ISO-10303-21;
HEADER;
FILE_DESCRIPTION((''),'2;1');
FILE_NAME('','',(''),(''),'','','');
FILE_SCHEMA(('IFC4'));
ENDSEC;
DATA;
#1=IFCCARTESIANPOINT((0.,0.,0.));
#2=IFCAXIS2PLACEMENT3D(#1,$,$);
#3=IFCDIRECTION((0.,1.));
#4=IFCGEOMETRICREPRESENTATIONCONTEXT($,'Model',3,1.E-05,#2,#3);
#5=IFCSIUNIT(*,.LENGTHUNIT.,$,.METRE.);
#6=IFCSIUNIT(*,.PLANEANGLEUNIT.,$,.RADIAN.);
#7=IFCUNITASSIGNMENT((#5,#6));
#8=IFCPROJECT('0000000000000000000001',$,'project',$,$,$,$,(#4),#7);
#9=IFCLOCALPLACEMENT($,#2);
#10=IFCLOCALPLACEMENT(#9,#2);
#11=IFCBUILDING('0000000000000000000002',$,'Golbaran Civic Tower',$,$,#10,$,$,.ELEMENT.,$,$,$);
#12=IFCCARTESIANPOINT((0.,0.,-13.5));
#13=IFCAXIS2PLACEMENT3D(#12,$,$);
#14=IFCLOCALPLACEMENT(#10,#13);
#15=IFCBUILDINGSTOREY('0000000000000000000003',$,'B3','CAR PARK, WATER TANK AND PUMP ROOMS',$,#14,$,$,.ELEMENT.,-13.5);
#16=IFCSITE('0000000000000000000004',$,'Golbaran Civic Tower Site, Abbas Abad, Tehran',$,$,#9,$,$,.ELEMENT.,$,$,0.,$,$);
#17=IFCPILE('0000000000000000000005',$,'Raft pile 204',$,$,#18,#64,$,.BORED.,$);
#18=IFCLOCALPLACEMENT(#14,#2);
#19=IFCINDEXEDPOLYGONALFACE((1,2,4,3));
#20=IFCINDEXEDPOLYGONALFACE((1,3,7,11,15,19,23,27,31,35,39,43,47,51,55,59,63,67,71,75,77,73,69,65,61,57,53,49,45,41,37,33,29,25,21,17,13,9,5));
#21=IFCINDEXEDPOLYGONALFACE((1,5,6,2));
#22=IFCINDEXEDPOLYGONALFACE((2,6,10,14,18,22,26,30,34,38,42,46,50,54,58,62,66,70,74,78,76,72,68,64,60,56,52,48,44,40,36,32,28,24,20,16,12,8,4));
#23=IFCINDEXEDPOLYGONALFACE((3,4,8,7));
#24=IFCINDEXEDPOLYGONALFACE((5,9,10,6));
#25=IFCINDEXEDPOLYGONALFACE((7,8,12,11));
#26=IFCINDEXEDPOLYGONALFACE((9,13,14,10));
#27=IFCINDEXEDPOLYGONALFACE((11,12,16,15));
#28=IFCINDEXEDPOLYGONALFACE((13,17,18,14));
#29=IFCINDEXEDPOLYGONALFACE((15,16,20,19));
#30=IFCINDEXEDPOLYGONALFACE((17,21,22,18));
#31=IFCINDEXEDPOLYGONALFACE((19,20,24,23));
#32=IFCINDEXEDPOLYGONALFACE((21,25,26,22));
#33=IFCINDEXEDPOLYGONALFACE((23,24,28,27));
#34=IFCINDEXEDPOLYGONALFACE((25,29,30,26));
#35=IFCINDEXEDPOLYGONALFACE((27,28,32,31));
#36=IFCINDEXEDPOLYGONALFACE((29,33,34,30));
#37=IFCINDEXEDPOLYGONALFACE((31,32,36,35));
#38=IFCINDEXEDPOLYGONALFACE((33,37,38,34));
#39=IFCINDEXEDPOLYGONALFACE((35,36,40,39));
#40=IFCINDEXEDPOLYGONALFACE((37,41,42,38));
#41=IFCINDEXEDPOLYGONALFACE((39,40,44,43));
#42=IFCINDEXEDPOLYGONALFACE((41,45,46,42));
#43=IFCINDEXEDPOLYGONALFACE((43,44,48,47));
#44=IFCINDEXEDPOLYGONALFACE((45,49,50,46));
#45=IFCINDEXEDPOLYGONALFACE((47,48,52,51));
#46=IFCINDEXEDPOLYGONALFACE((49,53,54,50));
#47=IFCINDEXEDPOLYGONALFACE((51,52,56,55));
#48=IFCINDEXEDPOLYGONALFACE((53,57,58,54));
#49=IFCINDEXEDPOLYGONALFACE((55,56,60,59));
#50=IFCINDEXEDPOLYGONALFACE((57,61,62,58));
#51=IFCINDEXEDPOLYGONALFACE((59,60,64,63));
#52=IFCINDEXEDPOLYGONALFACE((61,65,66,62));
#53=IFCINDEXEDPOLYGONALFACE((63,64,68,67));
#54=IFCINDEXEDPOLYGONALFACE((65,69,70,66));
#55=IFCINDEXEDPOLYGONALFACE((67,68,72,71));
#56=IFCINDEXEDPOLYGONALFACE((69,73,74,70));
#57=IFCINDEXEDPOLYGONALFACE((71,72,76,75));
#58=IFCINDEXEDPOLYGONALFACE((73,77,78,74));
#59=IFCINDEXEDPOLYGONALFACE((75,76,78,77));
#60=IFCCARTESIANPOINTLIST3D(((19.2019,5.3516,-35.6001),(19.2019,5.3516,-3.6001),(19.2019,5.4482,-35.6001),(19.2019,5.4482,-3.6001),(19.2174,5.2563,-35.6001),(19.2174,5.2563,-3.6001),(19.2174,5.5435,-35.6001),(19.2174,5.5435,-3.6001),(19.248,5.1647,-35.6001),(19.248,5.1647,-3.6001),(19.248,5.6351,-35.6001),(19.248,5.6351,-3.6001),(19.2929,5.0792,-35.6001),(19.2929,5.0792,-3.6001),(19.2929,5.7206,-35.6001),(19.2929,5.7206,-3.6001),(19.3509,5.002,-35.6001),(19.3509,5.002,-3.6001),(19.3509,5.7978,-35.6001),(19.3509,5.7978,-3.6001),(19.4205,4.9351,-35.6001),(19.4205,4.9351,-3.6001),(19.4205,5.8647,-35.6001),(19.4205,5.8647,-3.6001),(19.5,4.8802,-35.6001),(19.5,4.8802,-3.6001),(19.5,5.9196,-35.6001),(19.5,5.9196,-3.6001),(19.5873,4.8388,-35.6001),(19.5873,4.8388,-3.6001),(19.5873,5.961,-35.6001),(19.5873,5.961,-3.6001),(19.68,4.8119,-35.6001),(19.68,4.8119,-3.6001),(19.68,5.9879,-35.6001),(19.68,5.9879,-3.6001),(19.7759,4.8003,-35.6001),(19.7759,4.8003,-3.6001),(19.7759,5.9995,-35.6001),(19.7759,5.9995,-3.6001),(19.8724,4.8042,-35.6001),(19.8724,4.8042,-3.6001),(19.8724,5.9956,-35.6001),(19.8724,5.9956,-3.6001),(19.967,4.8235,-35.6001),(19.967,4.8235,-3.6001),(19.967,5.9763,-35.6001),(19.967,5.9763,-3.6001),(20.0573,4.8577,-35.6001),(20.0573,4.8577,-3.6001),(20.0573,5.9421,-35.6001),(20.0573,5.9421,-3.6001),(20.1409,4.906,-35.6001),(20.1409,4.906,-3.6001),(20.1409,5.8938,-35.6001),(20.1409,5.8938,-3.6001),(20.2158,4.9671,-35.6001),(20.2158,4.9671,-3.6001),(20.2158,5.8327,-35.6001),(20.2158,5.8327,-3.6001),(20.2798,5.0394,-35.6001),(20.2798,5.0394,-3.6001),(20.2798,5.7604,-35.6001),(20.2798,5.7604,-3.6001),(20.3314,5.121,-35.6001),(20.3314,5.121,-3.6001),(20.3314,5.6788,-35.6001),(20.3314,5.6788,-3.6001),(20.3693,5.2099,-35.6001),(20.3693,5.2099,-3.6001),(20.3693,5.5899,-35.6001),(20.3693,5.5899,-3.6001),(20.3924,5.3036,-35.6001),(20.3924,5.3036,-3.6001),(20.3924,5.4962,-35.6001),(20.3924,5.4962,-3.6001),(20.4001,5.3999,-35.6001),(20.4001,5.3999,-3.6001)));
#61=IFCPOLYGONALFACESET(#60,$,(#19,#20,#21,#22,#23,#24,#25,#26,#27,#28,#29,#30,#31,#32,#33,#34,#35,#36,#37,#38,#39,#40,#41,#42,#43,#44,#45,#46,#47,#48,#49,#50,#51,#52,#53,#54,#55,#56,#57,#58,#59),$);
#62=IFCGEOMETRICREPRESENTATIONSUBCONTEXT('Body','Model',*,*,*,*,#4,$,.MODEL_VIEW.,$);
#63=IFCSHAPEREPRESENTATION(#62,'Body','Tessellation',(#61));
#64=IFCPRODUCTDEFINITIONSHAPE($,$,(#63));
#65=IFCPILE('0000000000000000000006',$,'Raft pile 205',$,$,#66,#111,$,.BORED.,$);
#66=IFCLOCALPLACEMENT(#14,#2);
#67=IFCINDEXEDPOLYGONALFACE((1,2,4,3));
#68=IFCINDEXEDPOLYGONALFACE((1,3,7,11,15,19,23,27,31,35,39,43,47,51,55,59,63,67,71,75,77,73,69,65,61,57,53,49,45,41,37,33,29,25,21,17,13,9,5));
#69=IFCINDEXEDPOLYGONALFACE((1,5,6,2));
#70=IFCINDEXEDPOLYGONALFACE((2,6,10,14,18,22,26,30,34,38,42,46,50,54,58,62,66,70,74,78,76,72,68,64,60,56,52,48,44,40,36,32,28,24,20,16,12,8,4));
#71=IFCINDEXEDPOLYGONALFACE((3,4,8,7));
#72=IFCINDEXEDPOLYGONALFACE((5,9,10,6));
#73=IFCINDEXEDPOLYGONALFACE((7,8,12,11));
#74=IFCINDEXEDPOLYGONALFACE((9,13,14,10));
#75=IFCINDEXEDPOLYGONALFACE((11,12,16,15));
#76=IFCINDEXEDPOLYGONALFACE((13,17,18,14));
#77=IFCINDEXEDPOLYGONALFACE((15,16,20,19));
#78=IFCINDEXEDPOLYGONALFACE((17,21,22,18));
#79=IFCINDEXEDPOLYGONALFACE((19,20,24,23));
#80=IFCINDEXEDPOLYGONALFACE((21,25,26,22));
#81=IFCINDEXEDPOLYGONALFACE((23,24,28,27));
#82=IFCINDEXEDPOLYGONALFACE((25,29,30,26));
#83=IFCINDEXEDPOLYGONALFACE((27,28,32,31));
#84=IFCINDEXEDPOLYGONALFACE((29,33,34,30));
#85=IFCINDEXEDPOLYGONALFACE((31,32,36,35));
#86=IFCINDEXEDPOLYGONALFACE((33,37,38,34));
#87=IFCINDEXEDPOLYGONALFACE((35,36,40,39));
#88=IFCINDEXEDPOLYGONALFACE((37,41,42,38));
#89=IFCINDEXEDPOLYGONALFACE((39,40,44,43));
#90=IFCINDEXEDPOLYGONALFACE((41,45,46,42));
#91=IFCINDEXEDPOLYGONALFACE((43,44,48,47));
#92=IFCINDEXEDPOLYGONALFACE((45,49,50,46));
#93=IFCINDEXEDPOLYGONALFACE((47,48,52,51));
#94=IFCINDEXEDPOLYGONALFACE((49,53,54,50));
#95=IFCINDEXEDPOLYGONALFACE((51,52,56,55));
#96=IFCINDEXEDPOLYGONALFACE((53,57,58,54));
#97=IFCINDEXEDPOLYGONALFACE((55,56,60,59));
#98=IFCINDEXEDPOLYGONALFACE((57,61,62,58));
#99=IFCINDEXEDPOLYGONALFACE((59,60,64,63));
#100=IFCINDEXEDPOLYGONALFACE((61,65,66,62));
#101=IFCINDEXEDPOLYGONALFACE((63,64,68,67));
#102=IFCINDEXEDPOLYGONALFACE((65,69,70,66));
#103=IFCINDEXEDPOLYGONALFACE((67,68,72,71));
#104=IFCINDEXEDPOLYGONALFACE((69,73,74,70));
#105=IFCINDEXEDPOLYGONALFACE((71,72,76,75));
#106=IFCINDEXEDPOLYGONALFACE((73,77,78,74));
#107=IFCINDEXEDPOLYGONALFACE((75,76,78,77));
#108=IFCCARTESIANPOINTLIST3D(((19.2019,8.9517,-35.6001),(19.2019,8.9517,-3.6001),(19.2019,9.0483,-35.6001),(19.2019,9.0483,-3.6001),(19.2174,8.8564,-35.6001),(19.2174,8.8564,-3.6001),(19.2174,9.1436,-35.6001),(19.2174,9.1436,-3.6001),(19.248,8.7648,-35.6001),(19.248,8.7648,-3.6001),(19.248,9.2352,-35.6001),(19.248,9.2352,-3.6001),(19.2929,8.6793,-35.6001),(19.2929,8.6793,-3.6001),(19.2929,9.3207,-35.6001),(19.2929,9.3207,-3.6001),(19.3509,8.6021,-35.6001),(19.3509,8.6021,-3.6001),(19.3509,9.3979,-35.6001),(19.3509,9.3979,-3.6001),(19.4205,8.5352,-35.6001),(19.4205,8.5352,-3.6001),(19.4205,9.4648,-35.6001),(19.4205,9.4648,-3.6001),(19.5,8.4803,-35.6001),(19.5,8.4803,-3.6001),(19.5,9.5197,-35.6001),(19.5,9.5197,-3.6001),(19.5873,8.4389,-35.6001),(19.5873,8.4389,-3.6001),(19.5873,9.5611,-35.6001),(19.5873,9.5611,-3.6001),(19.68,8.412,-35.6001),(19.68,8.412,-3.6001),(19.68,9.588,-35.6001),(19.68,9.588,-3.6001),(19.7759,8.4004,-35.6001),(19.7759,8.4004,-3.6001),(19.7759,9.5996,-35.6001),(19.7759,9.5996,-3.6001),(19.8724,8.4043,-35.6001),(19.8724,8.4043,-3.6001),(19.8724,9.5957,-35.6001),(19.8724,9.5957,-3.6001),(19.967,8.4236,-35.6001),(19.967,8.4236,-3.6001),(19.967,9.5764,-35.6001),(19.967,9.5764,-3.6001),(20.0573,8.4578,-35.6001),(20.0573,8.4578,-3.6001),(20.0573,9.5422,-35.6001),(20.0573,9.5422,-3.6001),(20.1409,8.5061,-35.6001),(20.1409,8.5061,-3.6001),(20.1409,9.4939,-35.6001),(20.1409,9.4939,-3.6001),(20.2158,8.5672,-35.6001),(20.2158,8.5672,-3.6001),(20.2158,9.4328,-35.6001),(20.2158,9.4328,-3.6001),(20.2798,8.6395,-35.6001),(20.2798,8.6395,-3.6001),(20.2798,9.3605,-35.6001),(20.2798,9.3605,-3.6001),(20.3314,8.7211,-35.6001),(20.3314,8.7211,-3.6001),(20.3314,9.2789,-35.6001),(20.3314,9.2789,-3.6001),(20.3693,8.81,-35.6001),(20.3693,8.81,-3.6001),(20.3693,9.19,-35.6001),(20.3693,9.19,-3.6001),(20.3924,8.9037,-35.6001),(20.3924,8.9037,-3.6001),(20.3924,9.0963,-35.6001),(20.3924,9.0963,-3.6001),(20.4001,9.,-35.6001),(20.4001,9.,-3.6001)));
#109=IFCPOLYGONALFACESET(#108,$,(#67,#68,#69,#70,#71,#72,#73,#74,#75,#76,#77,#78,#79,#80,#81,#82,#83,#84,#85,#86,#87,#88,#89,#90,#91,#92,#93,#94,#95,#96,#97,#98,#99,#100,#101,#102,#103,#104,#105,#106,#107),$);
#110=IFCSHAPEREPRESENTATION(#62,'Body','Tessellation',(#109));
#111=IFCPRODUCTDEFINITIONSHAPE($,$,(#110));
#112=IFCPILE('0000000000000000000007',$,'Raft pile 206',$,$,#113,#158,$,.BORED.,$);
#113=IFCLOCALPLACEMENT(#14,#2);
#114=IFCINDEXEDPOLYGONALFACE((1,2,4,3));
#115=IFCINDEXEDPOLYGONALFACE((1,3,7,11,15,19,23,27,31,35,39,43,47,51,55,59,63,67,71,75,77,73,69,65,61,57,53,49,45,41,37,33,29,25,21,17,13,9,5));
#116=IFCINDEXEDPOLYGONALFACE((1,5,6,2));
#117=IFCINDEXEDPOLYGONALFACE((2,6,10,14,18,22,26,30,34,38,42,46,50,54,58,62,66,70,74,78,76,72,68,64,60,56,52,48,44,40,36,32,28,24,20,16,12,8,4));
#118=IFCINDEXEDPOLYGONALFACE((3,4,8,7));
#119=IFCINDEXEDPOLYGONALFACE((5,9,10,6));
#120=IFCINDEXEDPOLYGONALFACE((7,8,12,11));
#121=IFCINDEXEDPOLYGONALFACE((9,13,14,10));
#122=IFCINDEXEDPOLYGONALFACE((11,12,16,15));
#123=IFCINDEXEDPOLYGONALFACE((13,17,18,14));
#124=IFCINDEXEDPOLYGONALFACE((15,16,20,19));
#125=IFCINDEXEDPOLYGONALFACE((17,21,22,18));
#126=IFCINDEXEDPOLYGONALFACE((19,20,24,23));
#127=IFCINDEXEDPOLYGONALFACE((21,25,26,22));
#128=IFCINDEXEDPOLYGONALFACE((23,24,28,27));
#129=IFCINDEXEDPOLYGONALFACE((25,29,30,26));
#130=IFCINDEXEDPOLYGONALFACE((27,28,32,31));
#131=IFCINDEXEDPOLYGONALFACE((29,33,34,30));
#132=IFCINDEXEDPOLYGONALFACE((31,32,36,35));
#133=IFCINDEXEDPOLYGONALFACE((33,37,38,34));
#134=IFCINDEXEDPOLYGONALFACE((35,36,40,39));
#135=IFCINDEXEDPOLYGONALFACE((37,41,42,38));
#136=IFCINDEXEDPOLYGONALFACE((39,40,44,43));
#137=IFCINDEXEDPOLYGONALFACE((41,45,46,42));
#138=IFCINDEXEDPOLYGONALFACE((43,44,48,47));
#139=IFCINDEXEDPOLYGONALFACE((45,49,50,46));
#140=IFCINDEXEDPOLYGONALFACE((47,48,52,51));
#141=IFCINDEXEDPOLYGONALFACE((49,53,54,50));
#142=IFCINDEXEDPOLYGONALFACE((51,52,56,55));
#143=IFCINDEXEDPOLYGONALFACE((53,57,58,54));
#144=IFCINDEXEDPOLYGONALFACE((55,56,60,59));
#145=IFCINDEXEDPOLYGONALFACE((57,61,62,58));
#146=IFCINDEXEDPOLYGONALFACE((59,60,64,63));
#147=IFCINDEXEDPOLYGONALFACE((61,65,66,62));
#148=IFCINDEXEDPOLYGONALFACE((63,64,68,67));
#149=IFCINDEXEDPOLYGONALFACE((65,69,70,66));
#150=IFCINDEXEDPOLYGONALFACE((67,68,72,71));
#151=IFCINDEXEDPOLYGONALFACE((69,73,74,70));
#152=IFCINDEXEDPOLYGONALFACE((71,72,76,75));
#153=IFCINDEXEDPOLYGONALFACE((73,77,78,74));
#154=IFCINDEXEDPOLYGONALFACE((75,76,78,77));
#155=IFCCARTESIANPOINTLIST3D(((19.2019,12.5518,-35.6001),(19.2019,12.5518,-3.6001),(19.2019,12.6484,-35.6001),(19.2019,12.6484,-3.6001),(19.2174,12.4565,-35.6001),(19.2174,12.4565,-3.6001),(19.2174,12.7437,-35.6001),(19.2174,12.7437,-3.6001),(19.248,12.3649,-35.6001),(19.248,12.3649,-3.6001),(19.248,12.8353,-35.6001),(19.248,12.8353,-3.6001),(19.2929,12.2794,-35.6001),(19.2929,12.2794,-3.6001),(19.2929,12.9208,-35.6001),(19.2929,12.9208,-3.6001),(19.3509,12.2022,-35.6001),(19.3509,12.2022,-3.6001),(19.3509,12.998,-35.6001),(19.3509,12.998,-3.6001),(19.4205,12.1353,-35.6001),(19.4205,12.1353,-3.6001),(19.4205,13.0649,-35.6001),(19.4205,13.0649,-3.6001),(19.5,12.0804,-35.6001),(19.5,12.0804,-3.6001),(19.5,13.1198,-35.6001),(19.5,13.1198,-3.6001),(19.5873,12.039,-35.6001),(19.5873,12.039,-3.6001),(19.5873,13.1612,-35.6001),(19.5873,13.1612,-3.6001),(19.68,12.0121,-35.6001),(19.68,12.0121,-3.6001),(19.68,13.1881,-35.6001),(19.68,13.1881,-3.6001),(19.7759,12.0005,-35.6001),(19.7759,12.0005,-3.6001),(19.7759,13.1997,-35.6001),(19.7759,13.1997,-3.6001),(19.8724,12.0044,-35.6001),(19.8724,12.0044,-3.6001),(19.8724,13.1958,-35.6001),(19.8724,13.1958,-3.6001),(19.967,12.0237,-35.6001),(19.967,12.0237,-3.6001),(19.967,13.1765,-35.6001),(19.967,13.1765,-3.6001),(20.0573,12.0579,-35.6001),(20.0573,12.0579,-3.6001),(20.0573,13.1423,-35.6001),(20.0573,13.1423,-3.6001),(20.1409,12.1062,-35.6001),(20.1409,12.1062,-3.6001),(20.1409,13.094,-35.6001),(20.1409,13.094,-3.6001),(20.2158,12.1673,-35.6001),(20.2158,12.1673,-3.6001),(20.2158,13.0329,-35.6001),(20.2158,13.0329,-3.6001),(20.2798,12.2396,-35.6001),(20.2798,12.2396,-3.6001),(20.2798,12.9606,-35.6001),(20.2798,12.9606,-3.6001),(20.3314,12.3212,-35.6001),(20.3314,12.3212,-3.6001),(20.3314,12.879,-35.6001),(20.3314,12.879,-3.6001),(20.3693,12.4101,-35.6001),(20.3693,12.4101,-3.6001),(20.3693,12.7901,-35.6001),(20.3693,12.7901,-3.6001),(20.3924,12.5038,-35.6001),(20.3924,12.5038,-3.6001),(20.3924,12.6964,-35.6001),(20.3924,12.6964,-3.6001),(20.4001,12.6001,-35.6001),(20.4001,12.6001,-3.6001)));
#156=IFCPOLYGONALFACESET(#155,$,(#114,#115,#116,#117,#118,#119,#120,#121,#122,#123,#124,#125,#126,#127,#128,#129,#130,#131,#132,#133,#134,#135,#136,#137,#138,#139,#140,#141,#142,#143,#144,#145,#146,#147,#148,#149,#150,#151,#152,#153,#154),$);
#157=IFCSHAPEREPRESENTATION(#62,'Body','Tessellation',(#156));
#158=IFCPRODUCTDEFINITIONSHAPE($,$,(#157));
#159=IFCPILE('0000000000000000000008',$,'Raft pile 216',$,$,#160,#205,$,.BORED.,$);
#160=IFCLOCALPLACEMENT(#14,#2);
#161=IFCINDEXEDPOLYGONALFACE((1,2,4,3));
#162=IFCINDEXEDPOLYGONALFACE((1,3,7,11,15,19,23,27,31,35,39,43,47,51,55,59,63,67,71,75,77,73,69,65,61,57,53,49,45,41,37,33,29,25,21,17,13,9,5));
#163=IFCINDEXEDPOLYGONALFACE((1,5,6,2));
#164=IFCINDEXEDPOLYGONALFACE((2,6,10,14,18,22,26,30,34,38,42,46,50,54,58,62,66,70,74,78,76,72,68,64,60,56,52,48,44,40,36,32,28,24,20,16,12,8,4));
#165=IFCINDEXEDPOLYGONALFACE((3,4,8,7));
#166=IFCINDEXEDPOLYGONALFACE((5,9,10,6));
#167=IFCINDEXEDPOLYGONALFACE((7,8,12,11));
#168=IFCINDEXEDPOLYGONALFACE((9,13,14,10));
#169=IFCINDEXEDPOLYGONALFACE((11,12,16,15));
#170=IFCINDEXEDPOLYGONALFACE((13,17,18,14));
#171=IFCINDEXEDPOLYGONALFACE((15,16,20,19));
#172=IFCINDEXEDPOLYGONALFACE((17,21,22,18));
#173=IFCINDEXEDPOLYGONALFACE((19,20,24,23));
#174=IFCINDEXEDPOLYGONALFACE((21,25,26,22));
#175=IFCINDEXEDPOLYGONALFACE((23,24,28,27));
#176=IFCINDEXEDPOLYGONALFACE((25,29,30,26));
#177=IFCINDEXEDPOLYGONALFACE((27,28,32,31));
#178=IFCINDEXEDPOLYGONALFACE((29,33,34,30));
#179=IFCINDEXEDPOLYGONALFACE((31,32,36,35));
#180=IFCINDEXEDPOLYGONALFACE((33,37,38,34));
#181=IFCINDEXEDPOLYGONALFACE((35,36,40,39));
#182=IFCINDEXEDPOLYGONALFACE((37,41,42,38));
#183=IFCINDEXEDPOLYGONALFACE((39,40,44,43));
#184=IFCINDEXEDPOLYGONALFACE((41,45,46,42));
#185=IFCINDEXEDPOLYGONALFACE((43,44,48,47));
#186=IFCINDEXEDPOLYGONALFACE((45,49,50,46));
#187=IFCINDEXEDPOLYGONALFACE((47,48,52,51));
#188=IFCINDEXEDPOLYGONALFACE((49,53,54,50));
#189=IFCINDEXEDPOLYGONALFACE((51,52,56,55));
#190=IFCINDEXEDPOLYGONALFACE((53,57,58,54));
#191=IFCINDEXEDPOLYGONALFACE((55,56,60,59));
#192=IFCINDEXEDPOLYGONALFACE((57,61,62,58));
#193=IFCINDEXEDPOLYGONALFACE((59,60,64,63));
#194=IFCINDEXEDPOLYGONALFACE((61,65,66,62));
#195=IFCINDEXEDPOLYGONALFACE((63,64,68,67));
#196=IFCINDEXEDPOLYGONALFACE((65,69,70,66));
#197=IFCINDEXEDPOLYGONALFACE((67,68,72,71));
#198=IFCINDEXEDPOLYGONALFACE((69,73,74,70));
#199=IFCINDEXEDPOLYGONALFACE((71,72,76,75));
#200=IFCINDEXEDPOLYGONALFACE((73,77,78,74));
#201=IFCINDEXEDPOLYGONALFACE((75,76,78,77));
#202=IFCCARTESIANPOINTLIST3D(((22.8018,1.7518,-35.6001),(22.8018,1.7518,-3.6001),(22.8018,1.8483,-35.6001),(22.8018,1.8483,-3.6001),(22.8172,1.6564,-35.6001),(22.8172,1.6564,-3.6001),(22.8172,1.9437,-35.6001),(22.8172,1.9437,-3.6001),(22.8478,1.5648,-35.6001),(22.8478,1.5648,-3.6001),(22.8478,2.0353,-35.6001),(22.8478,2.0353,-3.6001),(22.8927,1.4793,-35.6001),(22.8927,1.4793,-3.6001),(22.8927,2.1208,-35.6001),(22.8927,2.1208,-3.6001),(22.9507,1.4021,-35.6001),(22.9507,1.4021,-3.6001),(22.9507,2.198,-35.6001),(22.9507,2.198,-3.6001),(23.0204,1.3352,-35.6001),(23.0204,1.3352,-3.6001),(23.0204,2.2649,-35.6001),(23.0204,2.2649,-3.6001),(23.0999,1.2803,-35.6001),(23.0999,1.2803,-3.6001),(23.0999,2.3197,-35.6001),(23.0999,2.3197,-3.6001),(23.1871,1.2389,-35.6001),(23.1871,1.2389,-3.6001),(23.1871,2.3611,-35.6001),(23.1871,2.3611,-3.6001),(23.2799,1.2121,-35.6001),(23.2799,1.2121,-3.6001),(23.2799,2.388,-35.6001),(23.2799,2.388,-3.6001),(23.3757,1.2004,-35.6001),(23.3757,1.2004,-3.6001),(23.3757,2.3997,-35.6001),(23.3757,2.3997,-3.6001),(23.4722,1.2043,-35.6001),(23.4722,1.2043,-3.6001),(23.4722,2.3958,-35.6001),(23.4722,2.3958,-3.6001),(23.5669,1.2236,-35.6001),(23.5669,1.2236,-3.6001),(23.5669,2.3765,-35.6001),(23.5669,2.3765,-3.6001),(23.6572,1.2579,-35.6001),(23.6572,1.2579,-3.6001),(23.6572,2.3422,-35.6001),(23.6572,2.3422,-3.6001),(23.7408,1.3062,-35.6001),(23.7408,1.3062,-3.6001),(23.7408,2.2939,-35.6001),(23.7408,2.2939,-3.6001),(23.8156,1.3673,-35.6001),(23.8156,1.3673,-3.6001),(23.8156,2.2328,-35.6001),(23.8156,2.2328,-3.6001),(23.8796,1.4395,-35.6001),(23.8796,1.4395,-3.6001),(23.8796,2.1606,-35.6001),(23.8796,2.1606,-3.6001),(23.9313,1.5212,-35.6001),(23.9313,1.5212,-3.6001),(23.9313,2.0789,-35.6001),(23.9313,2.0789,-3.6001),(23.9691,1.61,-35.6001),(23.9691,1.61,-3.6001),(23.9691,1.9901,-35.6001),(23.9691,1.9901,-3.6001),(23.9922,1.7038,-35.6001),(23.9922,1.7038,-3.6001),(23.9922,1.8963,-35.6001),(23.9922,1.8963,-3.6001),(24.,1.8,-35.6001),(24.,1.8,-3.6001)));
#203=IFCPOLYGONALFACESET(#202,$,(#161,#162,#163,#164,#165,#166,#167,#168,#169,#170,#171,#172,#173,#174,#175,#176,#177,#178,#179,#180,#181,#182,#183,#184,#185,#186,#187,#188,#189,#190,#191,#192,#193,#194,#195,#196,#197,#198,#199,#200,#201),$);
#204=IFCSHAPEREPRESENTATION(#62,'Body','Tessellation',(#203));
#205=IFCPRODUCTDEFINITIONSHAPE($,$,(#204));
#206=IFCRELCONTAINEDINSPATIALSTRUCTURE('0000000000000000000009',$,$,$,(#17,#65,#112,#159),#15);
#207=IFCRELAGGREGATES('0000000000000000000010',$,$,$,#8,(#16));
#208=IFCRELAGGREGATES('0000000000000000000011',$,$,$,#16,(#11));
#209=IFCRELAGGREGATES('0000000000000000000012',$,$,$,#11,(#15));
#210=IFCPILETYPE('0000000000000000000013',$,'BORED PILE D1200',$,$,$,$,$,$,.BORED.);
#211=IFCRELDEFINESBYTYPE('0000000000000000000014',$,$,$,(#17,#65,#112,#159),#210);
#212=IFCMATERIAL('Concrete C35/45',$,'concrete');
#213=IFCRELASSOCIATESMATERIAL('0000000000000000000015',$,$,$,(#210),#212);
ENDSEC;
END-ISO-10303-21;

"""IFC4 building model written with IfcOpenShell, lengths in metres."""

from ifc_helpers import new_model, si_unit, direction, frame, origin, origin_2d, place, context, subcontext, project, spatial, circle, extrude, material, material_profile, profile_set, type_object, element, save


model = new_model("IFC4")

# Units and contexts
model_context = context("Model", 3, precision=1e-05, world=origin(), true_north=direction((0.0, 1.0)))
body_context = subcontext(model_context, "Body", "Model", "MODEL_VIEW")
ifc_project = project(units=[si_unit("LENGTHUNIT", "METRE"), si_unit("PLANEANGLEUNIT", "RADIAN")], contexts=[model_context])

# Site, building, storey
site_placement = place(None, origin())
site = spatial("IfcSite", under=ifc_project, at=site_placement, Name="Golbaran Civic Tower Site, Abbas Abad, Tehran", CompositionType="ELEMENT", RefElevation=0.0)
building_placement = place(site_placement, origin())
building = spatial("IfcBuilding", under=site, at=building_placement, Name="Golbaran Civic Tower", CompositionType="ELEMENT")
storey_placement = place(building_placement, frame((0.0, 0.0, -13.5)))
storey = spatial("IfcBuildingStorey", under=building, at=storey_placement, Name="B3", Description="CAR PARK, WATER TANK AND PUMP ROOMS", CompositionType="ELEMENT", Elevation=-13.5)

# Piles
ifc_material_1 = material(Name="Concrete C35/45", Category="concrete")
ifc_material_profile_1 = material_profile(ifc_material_1, circle(Radius=0.6001, at=origin_2d()), Name="BORED PILE D1200")
ifc_profile_set_1 = profile_set([ifc_material_profile_1], Name="Concrete C35/45")
pile_type = type_object("IfcPileType", Name="BORED PILE D1200", PredefinedType="BORED", material=ifc_profile_set_1)
for number, where, z_axis, x_axis, name in (
    (1, (19.8, 5.3999, -3.6001), (0.0, 0.0, -1.0), (1.0, 0.0, 0.0), "Raft pile 204"),
    (2, (19.8, 9.0, -3.6001), (0.0, 0.0, -1.0), (1.0, 0.0, 0.0), "Raft pile 205"),
    (3, (19.8, 12.6001, -3.6001), (0.0, 0.0, -1.0), (1.0, 0.0, 0.0), "Raft pile 206"),
    (4, (23.3999, 1.8, -3.6001), (0.0, 0.0, -1.0), (1.0, 0.0, 0.0), "Raft pile 216"),
):
    element("IfcPile", number, at=place(storey_placement, frame(where, z_axis=z_axis, x_axis=x_axis)), inside=storey, type_object=pile_type, Name=name, PredefinedType="BORED", context=body_context, shape_type="SweptSolid", body=[
        extrude(circle(Radius=0.6001, at=origin_2d()), origin(), (0.0, 0.0, 1.0), 32.0),
    ])

save(model, "model.ifc")
